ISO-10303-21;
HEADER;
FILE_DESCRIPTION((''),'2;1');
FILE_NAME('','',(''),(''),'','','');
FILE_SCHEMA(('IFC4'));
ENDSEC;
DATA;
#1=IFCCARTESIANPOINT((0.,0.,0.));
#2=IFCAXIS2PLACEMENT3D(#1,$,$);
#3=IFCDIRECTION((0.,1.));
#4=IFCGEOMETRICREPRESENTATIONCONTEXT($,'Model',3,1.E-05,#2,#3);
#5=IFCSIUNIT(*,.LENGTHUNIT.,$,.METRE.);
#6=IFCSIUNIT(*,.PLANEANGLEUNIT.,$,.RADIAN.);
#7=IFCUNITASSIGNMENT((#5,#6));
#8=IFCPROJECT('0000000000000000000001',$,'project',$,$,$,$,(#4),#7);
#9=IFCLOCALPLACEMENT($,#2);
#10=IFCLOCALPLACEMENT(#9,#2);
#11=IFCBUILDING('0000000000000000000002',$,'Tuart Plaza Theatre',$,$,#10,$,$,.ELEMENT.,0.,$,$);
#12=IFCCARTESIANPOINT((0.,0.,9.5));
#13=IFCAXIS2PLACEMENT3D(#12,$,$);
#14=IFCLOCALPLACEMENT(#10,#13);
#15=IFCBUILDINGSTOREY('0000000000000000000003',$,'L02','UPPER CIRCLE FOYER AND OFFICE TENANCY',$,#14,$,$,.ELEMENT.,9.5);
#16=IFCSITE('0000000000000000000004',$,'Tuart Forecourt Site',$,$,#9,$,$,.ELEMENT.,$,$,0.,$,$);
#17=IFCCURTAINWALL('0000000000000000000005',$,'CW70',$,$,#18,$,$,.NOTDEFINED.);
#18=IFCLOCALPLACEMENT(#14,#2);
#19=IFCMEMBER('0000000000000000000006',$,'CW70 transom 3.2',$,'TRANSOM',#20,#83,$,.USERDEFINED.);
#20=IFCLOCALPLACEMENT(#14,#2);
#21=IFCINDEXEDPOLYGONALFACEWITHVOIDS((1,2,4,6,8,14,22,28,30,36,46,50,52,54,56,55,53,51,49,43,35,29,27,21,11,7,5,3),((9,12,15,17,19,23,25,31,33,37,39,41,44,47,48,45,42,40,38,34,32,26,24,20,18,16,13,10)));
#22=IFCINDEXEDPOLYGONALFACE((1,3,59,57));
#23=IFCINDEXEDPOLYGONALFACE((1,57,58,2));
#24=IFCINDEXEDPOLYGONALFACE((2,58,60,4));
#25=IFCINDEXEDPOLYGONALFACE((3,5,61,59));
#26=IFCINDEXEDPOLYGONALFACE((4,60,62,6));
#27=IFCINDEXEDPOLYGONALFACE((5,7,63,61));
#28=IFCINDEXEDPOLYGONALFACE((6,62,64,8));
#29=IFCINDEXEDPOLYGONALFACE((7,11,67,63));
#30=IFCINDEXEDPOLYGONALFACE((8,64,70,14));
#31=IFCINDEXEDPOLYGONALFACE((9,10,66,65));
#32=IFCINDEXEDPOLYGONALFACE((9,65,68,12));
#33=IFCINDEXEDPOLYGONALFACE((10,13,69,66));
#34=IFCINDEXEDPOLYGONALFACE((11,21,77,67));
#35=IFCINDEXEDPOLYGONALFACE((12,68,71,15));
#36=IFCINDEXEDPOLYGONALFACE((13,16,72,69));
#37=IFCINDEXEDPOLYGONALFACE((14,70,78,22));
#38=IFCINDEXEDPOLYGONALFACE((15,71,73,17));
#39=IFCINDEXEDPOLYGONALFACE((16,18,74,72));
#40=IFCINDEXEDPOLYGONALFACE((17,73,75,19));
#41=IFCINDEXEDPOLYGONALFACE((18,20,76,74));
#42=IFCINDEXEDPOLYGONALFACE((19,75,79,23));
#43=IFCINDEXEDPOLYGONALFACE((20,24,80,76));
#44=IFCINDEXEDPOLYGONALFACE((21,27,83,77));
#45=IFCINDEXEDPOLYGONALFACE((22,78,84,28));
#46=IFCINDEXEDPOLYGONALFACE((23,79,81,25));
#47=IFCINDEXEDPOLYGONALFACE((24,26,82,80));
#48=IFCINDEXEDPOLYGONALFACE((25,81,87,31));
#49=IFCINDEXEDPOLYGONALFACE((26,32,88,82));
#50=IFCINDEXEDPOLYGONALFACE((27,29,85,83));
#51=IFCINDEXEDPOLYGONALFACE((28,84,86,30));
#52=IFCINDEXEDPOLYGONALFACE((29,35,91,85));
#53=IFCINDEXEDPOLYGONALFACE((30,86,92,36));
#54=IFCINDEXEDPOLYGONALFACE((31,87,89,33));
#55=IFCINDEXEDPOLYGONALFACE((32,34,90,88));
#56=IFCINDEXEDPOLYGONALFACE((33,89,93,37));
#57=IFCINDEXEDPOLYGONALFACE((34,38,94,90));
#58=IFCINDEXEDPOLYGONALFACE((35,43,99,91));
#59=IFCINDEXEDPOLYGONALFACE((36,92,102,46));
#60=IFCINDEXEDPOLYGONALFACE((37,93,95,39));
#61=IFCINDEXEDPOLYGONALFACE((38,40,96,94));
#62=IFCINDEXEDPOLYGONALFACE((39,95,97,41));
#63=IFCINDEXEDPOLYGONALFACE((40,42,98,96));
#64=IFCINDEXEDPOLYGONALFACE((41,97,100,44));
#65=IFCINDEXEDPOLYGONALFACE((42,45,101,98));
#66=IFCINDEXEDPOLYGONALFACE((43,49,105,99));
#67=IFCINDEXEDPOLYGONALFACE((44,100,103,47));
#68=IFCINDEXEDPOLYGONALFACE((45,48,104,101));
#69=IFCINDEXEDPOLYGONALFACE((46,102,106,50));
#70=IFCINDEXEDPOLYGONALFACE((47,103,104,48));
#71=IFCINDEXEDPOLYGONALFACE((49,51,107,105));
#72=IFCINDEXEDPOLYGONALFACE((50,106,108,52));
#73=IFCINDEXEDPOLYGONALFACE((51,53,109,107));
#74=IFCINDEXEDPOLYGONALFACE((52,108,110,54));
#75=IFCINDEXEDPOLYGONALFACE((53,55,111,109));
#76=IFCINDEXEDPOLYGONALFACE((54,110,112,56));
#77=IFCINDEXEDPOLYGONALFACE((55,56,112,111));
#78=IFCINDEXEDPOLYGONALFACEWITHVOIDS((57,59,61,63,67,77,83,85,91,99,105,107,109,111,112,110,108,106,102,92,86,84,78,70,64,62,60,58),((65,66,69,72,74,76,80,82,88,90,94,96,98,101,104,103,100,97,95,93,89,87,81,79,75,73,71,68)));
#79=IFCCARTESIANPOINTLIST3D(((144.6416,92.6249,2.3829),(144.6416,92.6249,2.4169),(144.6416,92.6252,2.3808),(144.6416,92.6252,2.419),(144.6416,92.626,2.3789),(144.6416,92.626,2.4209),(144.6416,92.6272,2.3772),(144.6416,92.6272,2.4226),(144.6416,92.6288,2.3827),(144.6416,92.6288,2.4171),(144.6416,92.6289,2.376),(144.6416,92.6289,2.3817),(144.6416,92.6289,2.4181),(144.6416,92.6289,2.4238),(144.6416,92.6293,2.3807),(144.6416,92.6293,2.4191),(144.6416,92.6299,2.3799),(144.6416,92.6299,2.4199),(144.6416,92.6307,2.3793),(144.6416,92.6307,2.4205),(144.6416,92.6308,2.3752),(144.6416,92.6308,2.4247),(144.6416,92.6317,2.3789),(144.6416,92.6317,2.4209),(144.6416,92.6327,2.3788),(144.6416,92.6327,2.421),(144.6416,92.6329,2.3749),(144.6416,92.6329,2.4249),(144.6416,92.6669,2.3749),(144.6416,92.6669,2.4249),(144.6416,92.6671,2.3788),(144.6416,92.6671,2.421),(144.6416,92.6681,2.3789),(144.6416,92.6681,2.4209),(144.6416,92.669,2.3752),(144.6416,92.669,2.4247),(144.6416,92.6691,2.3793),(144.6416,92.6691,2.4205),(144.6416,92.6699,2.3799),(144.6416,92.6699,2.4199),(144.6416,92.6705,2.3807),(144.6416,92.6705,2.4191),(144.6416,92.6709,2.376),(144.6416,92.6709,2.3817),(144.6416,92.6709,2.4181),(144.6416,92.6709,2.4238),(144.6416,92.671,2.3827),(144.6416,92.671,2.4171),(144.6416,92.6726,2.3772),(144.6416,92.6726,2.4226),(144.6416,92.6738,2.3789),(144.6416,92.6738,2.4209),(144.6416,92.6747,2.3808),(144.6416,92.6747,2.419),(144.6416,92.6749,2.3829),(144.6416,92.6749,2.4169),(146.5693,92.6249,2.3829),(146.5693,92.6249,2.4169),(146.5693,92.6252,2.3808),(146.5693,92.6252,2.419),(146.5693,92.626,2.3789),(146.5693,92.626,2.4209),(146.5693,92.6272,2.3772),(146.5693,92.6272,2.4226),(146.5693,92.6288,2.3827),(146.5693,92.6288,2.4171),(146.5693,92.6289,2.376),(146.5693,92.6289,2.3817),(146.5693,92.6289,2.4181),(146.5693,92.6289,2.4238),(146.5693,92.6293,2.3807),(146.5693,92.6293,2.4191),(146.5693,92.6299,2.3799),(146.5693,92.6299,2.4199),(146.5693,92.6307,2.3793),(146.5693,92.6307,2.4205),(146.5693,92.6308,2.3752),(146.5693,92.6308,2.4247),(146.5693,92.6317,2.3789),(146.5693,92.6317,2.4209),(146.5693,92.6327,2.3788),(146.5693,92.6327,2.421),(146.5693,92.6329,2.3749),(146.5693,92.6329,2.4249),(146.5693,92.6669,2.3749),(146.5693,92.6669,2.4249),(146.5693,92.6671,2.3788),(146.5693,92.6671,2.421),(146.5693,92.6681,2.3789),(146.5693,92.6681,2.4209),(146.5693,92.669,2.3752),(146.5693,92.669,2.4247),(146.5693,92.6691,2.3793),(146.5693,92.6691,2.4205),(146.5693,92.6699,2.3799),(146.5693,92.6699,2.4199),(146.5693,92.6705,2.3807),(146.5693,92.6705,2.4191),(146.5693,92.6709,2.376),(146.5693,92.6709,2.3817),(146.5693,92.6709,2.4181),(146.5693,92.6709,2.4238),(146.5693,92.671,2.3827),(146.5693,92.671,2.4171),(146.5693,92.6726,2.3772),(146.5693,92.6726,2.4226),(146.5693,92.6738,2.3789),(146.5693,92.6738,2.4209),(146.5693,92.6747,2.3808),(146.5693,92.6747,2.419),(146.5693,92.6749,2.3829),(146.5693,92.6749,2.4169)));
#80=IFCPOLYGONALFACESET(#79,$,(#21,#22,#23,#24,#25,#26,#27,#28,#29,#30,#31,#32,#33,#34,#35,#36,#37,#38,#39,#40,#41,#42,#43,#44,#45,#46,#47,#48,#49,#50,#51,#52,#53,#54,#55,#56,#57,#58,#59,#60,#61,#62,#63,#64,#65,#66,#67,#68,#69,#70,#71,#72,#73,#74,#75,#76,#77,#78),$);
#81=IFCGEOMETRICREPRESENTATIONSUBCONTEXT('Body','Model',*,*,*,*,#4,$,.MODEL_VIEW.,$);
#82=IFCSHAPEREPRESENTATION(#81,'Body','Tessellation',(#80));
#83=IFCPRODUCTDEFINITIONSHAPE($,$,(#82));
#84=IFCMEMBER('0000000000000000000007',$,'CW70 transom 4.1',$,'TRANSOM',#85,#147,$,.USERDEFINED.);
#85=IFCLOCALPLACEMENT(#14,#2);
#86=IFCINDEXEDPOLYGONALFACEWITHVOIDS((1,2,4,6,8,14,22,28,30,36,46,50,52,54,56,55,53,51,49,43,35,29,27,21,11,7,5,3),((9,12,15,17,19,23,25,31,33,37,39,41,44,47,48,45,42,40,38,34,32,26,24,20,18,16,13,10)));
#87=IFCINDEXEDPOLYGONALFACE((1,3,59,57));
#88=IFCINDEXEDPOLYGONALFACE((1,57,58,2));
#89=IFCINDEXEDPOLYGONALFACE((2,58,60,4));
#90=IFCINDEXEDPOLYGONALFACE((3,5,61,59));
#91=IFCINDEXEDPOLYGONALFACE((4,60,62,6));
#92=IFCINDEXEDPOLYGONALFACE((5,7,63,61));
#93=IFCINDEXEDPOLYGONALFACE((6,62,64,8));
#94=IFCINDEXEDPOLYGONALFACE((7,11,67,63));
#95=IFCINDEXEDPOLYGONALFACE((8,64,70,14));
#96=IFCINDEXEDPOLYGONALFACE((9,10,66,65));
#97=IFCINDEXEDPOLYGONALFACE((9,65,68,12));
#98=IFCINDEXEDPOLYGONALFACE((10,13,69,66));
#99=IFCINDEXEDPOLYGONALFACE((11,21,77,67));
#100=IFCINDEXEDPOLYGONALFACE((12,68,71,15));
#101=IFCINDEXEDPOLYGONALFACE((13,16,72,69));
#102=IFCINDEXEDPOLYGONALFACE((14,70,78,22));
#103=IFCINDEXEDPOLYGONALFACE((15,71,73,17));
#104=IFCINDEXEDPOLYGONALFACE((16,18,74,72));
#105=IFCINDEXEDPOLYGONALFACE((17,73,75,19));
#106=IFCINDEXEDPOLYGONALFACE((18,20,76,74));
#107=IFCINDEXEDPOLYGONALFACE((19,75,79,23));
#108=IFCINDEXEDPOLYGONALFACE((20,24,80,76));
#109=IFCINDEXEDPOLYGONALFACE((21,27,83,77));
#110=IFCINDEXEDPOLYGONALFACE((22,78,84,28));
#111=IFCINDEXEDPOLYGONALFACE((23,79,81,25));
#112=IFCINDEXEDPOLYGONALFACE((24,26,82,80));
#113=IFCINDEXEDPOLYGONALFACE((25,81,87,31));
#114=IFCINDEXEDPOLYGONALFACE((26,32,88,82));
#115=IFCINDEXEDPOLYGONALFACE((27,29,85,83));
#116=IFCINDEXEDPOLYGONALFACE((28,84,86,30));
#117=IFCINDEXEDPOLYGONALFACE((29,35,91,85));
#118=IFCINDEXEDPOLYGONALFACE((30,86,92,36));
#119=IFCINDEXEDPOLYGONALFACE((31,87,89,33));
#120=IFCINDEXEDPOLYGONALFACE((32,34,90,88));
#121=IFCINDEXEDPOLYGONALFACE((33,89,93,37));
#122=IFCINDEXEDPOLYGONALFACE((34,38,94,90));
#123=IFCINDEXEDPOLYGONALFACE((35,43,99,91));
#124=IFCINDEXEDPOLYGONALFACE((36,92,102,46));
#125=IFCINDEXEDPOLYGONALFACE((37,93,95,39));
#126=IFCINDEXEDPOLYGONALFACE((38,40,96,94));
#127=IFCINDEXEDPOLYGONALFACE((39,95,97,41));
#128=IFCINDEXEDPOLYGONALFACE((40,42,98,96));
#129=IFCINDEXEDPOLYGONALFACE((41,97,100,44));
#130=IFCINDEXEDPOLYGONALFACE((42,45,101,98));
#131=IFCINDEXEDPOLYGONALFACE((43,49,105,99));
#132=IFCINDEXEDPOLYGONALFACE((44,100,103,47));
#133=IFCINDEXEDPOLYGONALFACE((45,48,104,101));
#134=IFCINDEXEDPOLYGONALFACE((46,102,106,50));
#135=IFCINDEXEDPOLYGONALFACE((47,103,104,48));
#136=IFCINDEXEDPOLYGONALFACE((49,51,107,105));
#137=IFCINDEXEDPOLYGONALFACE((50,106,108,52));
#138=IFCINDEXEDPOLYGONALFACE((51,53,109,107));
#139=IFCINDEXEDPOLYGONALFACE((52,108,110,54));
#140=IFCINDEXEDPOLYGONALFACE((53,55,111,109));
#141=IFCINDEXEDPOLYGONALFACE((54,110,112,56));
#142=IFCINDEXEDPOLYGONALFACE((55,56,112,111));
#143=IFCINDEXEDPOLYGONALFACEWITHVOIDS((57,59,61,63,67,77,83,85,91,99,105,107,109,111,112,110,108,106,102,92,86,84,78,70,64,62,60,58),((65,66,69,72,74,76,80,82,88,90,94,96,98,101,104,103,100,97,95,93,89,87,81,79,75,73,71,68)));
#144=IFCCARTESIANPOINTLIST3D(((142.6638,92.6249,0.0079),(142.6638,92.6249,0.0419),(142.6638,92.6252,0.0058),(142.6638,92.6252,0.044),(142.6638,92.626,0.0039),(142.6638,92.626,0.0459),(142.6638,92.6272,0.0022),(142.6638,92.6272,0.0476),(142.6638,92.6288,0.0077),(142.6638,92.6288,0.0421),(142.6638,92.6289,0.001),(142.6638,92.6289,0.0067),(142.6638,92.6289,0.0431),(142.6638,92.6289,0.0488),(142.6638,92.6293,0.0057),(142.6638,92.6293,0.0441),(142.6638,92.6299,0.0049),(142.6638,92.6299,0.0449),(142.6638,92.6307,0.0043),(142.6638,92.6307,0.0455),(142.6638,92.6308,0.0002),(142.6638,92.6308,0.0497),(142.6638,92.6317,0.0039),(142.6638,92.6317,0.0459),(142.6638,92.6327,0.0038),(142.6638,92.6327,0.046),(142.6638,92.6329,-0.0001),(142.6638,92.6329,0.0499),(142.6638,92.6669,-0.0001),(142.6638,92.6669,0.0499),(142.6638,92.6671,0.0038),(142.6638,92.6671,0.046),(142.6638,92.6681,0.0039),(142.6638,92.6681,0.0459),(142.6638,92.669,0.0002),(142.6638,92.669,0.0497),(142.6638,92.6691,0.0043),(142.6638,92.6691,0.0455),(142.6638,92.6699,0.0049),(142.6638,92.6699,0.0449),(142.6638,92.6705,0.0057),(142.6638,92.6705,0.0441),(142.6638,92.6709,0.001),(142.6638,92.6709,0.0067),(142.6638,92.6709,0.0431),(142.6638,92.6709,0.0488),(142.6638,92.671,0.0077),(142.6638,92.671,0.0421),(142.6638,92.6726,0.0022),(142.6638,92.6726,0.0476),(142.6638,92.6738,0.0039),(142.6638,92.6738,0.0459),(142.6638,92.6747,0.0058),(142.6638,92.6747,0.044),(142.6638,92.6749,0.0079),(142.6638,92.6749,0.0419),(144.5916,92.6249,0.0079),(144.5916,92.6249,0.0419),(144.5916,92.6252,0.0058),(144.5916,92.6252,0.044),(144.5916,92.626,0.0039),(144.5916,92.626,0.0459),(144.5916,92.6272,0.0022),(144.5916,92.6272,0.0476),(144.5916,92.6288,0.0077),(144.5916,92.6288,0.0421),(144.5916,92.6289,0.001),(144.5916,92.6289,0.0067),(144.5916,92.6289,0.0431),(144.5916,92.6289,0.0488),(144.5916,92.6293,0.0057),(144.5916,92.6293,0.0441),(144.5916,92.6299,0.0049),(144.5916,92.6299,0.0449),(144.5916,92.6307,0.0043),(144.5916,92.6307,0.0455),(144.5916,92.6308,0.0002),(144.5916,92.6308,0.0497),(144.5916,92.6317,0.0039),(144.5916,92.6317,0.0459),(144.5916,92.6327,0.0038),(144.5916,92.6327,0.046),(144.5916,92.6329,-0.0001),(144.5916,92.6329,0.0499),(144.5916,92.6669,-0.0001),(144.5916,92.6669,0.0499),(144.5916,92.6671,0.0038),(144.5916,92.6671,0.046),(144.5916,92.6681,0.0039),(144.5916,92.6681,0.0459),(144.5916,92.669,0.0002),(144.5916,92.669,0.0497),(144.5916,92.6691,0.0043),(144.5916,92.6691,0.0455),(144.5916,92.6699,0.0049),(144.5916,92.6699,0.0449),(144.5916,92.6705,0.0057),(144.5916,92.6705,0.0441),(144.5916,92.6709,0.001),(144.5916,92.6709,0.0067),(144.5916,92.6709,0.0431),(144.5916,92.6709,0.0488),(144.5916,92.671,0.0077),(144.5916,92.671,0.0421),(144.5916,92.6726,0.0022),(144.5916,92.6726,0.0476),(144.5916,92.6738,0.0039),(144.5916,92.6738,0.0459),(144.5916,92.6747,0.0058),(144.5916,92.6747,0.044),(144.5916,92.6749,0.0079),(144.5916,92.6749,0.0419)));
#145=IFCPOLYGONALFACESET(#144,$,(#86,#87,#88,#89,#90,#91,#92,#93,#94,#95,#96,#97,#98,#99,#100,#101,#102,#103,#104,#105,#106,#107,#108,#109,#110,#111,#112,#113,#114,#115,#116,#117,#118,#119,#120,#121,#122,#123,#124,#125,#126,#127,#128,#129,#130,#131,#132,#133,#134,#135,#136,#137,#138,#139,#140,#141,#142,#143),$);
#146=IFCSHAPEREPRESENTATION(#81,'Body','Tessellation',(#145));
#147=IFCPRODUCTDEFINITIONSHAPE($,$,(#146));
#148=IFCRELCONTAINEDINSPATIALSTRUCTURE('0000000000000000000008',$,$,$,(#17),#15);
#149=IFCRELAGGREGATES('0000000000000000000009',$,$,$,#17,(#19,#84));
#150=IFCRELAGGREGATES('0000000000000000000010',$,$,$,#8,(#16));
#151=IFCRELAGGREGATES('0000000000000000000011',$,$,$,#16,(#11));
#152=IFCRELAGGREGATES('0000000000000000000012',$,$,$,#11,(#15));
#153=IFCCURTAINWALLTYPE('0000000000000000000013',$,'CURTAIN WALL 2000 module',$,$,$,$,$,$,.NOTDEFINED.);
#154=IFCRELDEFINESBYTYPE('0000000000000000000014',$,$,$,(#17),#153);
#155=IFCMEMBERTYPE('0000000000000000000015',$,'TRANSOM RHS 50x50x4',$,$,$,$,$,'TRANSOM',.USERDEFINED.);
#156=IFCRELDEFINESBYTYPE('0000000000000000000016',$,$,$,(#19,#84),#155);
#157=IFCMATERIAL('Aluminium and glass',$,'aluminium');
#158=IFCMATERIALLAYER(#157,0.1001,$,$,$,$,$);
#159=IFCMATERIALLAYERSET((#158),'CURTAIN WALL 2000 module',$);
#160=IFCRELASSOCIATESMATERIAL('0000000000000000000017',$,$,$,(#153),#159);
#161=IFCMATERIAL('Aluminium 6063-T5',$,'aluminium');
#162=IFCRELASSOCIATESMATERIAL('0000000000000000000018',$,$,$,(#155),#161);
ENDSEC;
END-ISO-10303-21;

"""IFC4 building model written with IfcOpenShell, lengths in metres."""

from ifc_helpers import new_model, si_unit, direction, frame, origin, origin_2d, place, context, subcontext, project, spatial, hollow_rectangle, extrude, material, layer, layer_set, material_profile, profile_set, type_object, element, aggregate, save


model = new_model("IFC4")

# Units and contexts
model_context = context("Model", 3, precision=1e-05, world=origin(), true_north=direction((0.0, 1.0)))
body_context = subcontext(model_context, "Body", "Model", "MODEL_VIEW")
ifc_project = project(units=[si_unit("LENGTHUNIT", "METRE"), si_unit("PLANEANGLEUNIT", "RADIAN")], contexts=[model_context])

# Site, building, storey
site_placement = place(None, origin())
site = spatial("IfcSite", under=ifc_project, at=site_placement, Name="Tuart Forecourt Site", CompositionType="ELEMENT", RefElevation=0.0)
building_placement = place(site_placement, origin())
building = spatial("IfcBuilding", under=site, at=building_placement, Name="Tuart Plaza Theatre", CompositionType="ELEMENT", ElevationOfRefHeight=0.0)
storey_placement = place(building_placement, frame((0.0, 0.0, 9.5)))
storey = spatial("IfcBuildingStorey", under=building, at=storey_placement, Name="L02", Description="UPPER CIRCLE FOYER AND OFFICE TENANCY", CompositionType="ELEMENT", Elevation=9.5)

# Curtain wall, members
ifc_material_1 = material(Name="Aluminium and glass", Category="aluminium")
ifc_layer_1 = layer(ifc_material_1, 0.1001)
ifc_layer_set_1 = layer_set([ifc_layer_1], Name="CURTAIN WALL 2000 module")
curtain_wall_type = type_object("IfcCurtainWallType", Name="CURTAIN WALL 2000 module", PredefinedType="NOTDEFINED", material=ifc_layer_set_1)
curtain_wall_placement = place(storey_placement, origin())
curtain_wall = element("IfcCurtainWall", 1, at=curtain_wall_placement, inside=storey, type_object=curtain_wall_type, Name="CW70", PredefinedType="NOTDEFINED")
ifc_material_2 = material(Name="Aluminium 6063-T5", Category="aluminium")
ifc_material_profile_1 = material_profile(ifc_material_2, hollow_rectangle(XDim=0.05, YDim=0.05, WallThickness=0.0039, InnerFilletRadius=0.0039, OuterFilletRadius=0.0081, at=origin_2d()), Name="RHS 50x50x4")
ifc_profile_set_1 = profile_set([ifc_material_profile_1], Name="Aluminium 6063-T5")
member_type_1 = type_object("IfcMemberType", Name="TRANSOM RHS 50x50x4", ElementType="TRANSOM", PredefinedType="USERDEFINED", material=ifc_profile_set_1)
member_1_placement = place(storey_placement, frame((146.5693, 92.6499, 2.3999), z_axis=(-1.0, 0.0, 0.0), x_axis=(0.0, -1.0, 0.0)))
member_1 = element("IfcMember", 2, at=member_1_placement, type_object=member_type_1, Name="CW70 transom 3.2", ObjectType="TRANSOM", PredefinedType="USERDEFINED", context=body_context, shape_type="SweptSolid", body=[
    extrude(hollow_rectangle(XDim=0.05, YDim=0.05, WallThickness=0.0039, InnerFilletRadius=0.0039, OuterFilletRadius=0.0081, at=origin_2d()), origin(), (0.0, 0.0, 1.0), 1.9277),
])
member_2_placement = place(storey_placement, frame((144.5916, 92.6499, 0.0249), z_axis=(-1.0, 0.0, 0.0), x_axis=(0.0, -1.0, 0.0)))
member_2 = element("IfcMember", 3, at=member_2_placement, type_object=member_type_1, Name="CW70 transom 4.1", ObjectType="TRANSOM", PredefinedType="USERDEFINED", context=body_context, shape_type="SweptSolid", body=[
    extrude(hollow_rectangle(XDim=0.05, YDim=0.05, WallThickness=0.0039, InnerFilletRadius=0.0039, OuterFilletRadius=0.0081, at=origin_2d()), origin(), (0.0, 0.0, 1.0), 1.9277),
])
aggregate(curtain_wall, [member_1, member_2])

save(model, "model.ifc")
